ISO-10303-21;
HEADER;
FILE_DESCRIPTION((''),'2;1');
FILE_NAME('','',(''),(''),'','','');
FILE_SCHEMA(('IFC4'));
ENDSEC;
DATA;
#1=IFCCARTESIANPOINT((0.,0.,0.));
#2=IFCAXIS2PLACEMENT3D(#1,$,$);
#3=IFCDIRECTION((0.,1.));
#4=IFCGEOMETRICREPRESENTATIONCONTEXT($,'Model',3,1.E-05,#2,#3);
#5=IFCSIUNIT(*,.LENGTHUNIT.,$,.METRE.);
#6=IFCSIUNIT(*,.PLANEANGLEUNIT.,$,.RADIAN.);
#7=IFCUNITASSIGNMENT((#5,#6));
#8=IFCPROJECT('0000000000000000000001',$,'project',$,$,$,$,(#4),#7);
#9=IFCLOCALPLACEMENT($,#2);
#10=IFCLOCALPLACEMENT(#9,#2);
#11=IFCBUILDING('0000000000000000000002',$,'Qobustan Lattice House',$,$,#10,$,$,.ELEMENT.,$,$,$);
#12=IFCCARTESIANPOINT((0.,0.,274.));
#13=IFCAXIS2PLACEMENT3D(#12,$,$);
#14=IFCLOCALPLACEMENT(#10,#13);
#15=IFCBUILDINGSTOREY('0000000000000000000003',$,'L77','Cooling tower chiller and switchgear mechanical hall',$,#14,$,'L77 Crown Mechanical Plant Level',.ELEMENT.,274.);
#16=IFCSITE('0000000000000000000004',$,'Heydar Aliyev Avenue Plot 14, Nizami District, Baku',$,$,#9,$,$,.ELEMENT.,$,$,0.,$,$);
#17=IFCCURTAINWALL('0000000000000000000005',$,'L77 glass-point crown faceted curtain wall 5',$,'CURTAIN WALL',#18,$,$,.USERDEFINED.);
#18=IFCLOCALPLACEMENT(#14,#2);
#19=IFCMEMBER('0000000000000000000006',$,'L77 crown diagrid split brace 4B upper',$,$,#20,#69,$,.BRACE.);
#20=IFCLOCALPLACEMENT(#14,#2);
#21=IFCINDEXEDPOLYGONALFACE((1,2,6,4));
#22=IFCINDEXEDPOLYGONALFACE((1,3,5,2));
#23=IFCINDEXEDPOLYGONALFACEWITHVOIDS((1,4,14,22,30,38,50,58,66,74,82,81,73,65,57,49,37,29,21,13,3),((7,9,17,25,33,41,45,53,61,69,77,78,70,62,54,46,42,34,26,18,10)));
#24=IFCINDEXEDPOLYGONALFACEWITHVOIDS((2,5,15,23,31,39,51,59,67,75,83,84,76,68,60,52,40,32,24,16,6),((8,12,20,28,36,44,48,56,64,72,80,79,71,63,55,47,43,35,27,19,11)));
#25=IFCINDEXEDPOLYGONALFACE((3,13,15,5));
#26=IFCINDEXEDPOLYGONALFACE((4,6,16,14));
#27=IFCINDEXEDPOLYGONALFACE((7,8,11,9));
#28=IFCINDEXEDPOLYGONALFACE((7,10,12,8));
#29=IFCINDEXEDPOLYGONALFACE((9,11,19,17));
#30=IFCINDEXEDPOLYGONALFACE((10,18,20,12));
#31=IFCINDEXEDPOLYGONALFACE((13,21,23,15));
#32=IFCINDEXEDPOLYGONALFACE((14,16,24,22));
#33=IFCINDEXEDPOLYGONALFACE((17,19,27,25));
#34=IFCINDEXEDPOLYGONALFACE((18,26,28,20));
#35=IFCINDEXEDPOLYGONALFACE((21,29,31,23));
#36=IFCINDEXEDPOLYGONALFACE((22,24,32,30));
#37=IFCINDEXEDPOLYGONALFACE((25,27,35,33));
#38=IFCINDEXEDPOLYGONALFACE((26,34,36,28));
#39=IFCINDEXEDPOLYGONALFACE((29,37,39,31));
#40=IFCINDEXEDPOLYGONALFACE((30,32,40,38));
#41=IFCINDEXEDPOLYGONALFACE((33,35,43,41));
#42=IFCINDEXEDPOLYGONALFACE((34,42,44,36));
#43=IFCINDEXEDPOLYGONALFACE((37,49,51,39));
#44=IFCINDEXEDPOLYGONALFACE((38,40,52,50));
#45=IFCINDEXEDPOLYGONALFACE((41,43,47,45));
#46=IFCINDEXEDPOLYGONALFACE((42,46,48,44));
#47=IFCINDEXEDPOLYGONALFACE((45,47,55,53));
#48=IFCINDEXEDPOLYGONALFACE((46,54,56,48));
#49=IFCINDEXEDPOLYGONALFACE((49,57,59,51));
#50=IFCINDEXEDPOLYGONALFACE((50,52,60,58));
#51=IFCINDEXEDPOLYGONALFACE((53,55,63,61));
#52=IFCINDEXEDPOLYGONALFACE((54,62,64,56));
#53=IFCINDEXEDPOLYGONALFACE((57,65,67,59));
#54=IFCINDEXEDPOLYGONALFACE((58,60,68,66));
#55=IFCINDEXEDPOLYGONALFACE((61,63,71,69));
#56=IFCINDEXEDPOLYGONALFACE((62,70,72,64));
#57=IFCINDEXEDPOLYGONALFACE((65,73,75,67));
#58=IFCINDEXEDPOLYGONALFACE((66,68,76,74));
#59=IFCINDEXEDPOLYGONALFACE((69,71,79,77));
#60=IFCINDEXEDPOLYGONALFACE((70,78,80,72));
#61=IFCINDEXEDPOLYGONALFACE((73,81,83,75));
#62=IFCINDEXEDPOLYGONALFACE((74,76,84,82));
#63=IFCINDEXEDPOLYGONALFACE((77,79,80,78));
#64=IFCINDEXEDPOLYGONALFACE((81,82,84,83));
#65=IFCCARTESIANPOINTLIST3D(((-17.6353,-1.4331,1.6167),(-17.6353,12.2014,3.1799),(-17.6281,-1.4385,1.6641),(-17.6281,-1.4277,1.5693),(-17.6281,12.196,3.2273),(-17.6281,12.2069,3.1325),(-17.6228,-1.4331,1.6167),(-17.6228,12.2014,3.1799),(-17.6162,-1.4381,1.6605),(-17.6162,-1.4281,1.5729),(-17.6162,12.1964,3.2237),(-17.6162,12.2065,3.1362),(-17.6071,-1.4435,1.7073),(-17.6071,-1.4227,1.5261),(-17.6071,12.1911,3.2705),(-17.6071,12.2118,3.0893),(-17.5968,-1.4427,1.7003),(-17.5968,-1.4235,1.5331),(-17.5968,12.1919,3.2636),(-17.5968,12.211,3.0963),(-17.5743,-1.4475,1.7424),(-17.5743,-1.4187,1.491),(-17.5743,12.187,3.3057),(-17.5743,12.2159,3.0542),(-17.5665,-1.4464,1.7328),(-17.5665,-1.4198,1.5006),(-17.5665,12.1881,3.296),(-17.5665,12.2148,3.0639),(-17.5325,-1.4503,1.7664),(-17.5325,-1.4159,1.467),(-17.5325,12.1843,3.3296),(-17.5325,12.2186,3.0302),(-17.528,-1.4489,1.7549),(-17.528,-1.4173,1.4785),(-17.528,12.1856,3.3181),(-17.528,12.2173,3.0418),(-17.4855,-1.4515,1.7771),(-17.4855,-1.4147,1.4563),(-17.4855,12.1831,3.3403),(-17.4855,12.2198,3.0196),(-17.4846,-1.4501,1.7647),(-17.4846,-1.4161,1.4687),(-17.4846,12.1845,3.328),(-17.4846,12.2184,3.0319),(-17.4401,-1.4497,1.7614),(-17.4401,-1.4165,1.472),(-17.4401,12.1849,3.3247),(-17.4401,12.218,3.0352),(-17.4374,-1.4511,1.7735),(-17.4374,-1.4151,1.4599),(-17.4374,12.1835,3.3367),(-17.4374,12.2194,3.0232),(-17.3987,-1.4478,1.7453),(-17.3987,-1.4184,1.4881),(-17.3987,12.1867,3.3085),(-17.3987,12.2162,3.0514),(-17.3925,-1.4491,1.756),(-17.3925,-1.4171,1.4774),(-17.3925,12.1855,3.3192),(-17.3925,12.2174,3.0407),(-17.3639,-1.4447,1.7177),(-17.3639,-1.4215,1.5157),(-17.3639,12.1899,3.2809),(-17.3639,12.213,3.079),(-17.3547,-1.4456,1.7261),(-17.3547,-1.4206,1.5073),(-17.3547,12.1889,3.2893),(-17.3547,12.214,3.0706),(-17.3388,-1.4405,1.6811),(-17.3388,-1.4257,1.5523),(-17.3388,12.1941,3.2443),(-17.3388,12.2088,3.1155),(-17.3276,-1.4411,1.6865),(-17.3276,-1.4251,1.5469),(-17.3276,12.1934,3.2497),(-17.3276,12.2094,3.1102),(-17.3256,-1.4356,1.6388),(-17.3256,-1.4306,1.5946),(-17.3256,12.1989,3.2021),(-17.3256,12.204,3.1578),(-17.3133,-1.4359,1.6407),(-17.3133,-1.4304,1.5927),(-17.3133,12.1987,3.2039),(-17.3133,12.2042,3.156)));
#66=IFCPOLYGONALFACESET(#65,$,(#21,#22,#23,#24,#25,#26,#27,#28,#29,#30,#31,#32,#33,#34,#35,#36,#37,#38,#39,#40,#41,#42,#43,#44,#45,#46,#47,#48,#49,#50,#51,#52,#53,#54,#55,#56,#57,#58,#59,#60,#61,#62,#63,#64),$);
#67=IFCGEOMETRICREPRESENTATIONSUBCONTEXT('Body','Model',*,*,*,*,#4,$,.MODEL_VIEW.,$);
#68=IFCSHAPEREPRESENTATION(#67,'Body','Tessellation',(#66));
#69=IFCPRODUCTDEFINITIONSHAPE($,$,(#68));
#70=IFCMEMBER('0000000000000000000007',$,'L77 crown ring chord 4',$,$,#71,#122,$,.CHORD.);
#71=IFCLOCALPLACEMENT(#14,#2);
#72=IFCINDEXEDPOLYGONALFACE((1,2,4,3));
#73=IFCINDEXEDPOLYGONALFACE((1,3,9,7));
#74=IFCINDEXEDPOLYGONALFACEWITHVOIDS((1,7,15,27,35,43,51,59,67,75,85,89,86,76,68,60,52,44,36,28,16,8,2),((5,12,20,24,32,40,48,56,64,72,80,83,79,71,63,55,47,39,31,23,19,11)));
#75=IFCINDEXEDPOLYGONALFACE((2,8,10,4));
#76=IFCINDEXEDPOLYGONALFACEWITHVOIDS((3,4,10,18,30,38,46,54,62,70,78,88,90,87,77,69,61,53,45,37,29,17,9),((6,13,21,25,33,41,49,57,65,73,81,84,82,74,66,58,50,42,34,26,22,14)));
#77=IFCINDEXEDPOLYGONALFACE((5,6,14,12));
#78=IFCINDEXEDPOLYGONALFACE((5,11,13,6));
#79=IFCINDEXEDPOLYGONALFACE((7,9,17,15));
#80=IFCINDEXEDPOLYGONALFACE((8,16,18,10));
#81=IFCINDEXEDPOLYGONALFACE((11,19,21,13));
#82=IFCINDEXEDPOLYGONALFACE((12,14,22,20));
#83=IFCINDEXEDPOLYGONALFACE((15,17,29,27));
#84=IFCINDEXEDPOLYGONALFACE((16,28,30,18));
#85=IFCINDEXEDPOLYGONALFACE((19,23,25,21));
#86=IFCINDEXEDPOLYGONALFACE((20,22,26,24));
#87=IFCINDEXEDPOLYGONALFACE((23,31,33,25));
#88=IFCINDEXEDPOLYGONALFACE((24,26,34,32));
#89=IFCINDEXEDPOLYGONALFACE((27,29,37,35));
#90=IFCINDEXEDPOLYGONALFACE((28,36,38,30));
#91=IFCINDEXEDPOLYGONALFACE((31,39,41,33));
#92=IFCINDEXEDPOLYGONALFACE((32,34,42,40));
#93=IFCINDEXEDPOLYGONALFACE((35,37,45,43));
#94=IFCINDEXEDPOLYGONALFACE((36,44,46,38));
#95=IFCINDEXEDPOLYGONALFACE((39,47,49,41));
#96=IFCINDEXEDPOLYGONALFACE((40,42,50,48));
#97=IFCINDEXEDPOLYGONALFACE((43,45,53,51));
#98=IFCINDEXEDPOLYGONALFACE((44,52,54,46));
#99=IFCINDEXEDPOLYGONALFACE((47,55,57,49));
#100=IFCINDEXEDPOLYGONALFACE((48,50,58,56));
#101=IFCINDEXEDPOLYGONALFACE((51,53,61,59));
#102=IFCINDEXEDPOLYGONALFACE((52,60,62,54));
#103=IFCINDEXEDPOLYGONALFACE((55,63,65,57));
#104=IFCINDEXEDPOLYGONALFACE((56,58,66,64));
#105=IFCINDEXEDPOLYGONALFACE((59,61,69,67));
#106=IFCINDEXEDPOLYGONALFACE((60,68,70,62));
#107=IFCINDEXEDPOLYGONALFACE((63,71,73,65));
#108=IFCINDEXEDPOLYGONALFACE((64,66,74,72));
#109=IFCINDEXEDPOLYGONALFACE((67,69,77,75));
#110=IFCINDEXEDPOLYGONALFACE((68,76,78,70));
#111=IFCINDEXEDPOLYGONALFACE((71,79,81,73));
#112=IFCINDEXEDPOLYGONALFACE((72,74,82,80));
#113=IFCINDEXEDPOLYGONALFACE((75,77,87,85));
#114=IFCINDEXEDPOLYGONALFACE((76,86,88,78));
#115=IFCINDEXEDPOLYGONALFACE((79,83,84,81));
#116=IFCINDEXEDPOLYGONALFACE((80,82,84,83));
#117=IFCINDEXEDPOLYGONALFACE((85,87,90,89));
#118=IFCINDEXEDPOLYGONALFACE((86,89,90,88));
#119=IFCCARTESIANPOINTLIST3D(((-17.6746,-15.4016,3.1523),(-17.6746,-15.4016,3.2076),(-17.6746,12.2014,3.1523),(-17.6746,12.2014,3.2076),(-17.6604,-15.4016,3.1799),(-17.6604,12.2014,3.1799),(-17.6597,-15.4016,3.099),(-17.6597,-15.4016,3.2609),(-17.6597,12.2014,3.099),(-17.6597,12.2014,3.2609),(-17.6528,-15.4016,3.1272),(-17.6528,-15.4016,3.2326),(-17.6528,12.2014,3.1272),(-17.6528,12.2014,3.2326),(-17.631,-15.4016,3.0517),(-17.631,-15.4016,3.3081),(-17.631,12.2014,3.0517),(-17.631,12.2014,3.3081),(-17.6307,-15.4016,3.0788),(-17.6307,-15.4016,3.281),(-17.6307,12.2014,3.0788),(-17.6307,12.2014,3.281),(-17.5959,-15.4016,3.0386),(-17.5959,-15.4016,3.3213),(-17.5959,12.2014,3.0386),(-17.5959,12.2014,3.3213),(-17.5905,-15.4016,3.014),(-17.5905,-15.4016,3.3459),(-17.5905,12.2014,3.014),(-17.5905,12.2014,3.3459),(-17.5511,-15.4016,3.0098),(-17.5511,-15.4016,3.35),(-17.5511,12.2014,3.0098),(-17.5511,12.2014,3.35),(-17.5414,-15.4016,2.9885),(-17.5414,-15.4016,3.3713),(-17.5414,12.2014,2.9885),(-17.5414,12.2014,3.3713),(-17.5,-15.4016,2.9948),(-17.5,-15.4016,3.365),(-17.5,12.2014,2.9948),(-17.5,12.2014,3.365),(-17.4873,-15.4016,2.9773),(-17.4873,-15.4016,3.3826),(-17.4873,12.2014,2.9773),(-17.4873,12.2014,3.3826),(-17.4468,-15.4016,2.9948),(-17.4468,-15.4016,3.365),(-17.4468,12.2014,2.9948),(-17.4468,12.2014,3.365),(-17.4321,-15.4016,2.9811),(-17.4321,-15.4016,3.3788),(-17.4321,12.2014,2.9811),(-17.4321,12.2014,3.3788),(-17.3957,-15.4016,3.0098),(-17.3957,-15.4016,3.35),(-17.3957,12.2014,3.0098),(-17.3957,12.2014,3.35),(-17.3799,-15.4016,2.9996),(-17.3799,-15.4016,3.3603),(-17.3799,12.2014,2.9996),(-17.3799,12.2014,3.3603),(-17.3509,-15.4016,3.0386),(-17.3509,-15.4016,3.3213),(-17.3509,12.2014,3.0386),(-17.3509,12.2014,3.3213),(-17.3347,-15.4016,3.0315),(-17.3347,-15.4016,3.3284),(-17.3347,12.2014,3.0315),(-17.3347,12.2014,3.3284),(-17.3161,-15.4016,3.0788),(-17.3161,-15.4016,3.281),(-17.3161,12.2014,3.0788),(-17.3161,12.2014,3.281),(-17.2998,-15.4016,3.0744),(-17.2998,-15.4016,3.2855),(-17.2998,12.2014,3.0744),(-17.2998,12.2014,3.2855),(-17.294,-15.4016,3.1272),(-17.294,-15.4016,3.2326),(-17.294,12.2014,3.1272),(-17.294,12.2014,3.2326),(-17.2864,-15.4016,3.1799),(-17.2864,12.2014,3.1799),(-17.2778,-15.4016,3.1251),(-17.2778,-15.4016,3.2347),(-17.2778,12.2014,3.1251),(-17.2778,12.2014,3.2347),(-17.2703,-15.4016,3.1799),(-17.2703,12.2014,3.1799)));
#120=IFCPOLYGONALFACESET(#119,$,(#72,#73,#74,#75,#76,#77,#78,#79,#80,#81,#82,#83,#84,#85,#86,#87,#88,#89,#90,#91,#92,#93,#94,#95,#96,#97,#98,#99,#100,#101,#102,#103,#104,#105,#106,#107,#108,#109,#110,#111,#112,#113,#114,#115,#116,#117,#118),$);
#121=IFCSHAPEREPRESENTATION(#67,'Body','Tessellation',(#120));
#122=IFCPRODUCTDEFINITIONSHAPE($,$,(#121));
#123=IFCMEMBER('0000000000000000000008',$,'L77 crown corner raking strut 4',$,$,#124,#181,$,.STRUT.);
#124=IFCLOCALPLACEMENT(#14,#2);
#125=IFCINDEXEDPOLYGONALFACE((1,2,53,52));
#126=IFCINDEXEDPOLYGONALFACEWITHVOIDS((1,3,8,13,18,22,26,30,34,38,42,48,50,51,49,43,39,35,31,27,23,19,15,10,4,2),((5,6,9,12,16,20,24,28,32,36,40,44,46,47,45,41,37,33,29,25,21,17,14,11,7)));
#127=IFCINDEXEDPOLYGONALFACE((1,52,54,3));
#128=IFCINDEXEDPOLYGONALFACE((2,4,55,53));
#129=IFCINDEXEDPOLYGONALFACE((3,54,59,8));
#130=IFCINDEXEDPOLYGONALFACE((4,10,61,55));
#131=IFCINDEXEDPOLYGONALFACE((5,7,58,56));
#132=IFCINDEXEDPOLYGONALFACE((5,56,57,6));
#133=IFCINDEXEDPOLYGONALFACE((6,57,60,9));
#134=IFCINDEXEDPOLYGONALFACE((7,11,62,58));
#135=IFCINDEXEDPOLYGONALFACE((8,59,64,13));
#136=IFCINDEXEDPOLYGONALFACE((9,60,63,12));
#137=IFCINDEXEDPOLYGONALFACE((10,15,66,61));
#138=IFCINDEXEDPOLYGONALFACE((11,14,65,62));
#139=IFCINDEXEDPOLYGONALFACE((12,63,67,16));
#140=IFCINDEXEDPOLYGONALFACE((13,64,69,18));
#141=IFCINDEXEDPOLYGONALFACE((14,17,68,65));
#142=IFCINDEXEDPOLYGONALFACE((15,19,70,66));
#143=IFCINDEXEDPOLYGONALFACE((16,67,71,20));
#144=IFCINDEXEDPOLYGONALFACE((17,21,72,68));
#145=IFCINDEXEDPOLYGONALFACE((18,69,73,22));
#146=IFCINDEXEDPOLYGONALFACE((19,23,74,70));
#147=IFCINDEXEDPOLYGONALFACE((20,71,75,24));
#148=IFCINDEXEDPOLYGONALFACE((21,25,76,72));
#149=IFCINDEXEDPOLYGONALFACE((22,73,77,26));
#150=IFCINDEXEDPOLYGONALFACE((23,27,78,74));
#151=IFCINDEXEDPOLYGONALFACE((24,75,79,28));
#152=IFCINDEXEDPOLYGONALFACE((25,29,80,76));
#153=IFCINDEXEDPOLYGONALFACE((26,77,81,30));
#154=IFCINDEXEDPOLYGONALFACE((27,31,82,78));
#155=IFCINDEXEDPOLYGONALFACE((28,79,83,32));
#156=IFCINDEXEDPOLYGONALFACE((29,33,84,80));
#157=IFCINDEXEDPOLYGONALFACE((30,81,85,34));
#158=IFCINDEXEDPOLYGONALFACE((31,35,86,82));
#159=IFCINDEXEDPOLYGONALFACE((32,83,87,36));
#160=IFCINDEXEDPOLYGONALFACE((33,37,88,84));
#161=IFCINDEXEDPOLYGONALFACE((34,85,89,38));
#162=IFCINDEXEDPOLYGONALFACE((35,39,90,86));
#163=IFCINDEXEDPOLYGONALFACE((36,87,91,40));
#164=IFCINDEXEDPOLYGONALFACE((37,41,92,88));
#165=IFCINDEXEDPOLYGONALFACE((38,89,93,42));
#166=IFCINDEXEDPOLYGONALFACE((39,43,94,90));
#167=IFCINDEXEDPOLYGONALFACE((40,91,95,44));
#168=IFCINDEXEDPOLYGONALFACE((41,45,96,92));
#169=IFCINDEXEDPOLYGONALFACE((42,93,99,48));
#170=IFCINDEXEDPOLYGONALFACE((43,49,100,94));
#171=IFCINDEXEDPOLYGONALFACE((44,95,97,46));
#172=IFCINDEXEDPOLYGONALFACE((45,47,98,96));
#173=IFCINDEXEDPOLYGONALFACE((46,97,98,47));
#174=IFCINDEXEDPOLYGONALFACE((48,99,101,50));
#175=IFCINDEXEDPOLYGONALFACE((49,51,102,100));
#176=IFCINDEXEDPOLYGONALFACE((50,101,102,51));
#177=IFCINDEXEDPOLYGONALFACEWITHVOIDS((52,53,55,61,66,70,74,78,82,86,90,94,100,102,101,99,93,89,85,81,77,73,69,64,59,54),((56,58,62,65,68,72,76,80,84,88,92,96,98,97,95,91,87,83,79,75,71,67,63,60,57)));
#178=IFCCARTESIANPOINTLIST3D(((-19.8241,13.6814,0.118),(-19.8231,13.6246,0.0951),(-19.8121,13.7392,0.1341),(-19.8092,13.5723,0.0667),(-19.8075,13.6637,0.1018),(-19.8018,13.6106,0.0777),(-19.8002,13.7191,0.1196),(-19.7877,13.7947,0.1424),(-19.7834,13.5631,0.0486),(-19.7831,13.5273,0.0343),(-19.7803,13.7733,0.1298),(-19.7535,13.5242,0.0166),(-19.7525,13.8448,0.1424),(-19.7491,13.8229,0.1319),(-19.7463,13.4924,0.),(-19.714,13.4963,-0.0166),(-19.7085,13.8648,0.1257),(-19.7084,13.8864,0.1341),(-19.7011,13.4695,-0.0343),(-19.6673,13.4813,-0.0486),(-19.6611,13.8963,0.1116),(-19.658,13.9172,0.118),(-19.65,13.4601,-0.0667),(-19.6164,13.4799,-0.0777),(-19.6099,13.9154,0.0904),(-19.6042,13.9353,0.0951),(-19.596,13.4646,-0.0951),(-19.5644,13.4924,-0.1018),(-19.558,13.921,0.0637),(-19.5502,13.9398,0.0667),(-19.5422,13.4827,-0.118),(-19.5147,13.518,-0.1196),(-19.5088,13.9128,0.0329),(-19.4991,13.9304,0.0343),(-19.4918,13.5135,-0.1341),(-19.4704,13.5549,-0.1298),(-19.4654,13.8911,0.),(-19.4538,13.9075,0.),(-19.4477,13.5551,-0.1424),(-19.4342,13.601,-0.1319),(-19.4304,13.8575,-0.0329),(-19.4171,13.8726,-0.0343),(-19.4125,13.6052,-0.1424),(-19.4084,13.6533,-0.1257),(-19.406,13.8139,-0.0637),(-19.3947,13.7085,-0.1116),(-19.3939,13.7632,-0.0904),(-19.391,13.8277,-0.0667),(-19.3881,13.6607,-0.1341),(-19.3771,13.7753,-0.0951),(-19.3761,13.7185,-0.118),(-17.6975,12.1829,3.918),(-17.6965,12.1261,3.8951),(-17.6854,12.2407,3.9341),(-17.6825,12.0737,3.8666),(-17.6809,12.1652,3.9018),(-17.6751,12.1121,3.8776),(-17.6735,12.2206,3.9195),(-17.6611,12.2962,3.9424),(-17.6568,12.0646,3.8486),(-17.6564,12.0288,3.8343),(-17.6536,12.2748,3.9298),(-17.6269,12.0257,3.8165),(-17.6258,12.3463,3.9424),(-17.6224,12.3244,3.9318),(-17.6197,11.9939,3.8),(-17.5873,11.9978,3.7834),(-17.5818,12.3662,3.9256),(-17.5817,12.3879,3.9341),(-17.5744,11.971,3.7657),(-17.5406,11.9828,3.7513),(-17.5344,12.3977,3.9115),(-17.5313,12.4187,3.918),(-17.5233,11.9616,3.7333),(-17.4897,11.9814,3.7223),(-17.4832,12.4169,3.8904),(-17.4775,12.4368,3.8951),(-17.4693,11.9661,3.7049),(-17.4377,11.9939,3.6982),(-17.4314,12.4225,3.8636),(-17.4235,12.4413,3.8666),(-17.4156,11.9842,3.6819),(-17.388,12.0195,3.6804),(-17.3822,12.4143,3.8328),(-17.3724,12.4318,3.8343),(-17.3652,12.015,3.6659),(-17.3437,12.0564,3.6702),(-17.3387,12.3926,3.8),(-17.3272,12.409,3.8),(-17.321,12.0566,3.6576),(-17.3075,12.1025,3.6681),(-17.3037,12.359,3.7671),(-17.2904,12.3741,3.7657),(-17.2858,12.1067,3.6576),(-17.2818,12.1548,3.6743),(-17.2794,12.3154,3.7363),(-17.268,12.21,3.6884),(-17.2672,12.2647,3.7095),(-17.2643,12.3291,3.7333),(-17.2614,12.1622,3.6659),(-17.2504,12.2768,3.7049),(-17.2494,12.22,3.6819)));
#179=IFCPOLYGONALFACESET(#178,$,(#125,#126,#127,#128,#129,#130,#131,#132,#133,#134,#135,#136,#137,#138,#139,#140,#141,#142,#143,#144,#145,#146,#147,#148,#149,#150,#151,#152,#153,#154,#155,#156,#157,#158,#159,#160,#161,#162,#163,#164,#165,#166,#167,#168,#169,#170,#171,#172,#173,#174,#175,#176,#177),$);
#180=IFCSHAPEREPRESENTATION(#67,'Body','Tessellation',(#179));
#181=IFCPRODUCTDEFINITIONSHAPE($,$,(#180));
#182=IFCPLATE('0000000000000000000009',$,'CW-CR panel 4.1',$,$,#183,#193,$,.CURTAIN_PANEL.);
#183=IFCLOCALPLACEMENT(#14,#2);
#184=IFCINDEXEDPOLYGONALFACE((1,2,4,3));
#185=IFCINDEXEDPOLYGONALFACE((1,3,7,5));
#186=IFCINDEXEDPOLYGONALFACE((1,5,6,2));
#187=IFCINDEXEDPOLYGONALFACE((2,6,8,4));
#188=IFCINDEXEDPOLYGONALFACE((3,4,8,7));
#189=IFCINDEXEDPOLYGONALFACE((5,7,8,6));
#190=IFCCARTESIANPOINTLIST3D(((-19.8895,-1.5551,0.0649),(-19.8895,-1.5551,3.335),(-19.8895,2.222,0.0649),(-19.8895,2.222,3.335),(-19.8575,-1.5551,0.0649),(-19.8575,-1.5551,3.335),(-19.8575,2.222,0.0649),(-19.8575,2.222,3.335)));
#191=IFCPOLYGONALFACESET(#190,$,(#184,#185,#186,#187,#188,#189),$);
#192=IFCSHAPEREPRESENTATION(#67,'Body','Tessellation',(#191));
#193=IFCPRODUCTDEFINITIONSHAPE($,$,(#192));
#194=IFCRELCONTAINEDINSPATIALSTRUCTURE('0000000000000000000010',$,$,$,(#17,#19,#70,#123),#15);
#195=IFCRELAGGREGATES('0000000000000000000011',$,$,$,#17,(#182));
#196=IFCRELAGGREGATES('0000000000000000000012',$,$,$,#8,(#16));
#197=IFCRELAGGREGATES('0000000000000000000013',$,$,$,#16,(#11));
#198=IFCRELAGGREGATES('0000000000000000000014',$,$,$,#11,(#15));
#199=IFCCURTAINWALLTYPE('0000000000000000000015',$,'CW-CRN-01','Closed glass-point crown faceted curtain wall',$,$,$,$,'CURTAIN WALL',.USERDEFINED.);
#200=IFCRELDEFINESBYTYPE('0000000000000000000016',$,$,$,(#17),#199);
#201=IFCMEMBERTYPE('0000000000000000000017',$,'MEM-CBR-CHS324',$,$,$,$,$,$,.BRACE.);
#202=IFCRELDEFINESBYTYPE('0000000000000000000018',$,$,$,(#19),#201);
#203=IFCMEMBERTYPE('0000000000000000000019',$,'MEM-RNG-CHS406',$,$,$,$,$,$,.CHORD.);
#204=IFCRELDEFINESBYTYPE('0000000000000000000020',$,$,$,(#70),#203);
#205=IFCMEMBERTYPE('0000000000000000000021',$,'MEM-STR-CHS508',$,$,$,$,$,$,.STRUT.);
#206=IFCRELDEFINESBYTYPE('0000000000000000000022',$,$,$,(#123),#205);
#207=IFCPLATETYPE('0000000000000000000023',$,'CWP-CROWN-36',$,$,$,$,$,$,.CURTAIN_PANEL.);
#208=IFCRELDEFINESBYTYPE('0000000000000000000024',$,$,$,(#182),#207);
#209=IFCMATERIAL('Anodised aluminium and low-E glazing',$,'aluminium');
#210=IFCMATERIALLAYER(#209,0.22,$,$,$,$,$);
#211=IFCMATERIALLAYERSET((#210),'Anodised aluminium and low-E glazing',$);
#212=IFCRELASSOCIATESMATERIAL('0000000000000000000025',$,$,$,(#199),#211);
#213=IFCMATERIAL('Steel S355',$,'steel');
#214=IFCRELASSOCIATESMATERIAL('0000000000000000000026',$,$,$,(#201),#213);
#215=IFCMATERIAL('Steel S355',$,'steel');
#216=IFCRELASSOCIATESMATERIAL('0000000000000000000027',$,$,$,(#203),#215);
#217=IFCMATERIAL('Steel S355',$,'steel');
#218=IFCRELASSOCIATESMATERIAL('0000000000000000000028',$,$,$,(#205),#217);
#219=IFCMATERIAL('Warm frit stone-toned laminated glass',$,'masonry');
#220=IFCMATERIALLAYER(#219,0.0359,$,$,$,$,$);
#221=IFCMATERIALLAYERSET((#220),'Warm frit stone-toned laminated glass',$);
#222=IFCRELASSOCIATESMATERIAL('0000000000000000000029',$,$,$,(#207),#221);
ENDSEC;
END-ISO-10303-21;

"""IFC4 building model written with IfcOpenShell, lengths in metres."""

from ifc_helpers import new_model, si_unit, direction, frame, origin, origin_2d, place, context, subcontext, project, spatial, rectangle, hollow_circle, extrude, material, layer, layer_set, material_profile, profile_set, type_object, element, aggregate, save


model = new_model("IFC4")

# Units and contexts
model_context = context("Model", 3, precision=1e-05, world=origin(), true_north=direction((0.0, 1.0)))
body_context = subcontext(model_context, "Body", "Model", "MODEL_VIEW")
ifc_project = project(units=[si_unit("LENGTHUNIT", "METRE"), si_unit("PLANEANGLEUNIT", "RADIAN")], contexts=[model_context])

# Site, building, storey
site_placement = place(None, origin())
site = spatial("IfcSite", under=ifc_project, at=site_placement, Name="Heydar Aliyev Avenue Plot 14, Nizami District, Baku", CompositionType="ELEMENT", RefElevation=0.0)
building_placement = place(site_placement, origin())
building = spatial("IfcBuilding", under=site, at=building_placement, Name="Qobustan Lattice House", CompositionType="ELEMENT")
storey_placement = place(building_placement, frame((0.0, 0.0, 274.0)))
storey = spatial("IfcBuildingStorey", under=building, at=storey_placement, Name="L77", Description="Cooling tower chiller and switchgear mechanical hall", LongName="L77 Crown Mechanical Plant Level", CompositionType="ELEMENT", Elevation=274.0)

# Curtain wall
ifc_material_1 = material(Name="Anodised aluminium and low-E glazing", Category="aluminium")
ifc_layer_1 = layer(ifc_material_1, 0.22)
ifc_layer_set_1 = layer_set([ifc_layer_1], Name="Anodised aluminium and low-E glazing")
curtain_wall_type = type_object("IfcCurtainWallType", Name="CW-CRN-01", Description="Closed glass-point crown faceted curtain wall", ElementType="CURTAIN WALL", PredefinedType="USERDEFINED", material=ifc_layer_set_1)
curtain_wall_1_placement = place(storey_placement, origin())
curtain_wall_1 = element("IfcCurtainWall", 1, at=curtain_wall_1_placement, inside=storey, type_object=curtain_wall_type, Name="L77 glass-point crown faceted curtain wall 5", ObjectType="CURTAIN WALL", PredefinedType="USERDEFINED")

# Members
ifc_material_2 = material(Name="Steel S355", Category="steel")
ifc_material_profile_1 = material_profile(ifc_material_2, hollow_circle(Radius=0.1619, WallThickness=0.0125, at=origin_2d()), Name="CHS323.9x12.5")
ifc_profile_set_1 = profile_set([ifc_material_profile_1], Name="Steel S355")
member_type_1 = type_object("IfcMemberType", Name="MEM-CBR-CHS324", PredefinedType="BRACE", material=ifc_profile_set_1)
member_1_placement = place(storey_placement, frame((-17.4734, -1.4331, 1.6167), z_axis=(0.0, 0.993491, 0.113906), x_axis=(-1.0, 0.0, 0.0)))
element("IfcMember", 2, at=member_1_placement, inside=storey, type_object=member_type_1, Name="L77 crown diagrid split brace 4B upper", PredefinedType="BRACE", context=body_context, shape_type="SweptSolid", body=[
    extrude(hollow_circle(Radius=0.1619, WallThickness=0.0125, at=origin_2d()), origin(), (0.0, 0.0, 1.0), 13.7239),
])
ifc_material_3 = material(Name="Steel S355", Category="steel")
ifc_material_profile_2 = material_profile(ifc_material_3, hollow_circle(Radius=0.2031, WallThickness=0.0161, at=origin_2d()), Name="CHS406.4x16")
ifc_profile_set_2 = profile_set([ifc_material_profile_2], Name="Steel S355")
member_type_2 = type_object("IfcMemberType", Name="MEM-RNG-CHS406", PredefinedType="CHORD", material=ifc_profile_set_2)
member_2_placement = place(storey_placement, frame((-17.4734, 12.2014, 3.1799), z_axis=(0.0, -1.0, 0.0), x_axis=(1.0, 0.0, 0.0)))
element("IfcMember", 3, at=member_2_placement, inside=storey, type_object=member_type_2, Name="L77 crown ring chord 4", PredefinedType="CHORD", context=body_context, shape_type="SweptSolid", body=[
    extrude(hollow_circle(Radius=0.2031, WallThickness=0.0161, at=origin_2d()), origin(), (0.0, 0.0, 1.0), 27.603),
])
ifc_material_4 = material(Name="Steel S355", Category="steel")
ifc_material_profile_3 = material_profile(ifc_material_4, hollow_circle(Radius=0.2539, WallThickness=0.02, at=origin_2d()), Name="CHS508x20")
ifc_profile_set_3 = profile_set([ifc_material_profile_3], Name="Steel S355")
member_type_3 = type_object("IfcMemberType", Name="MEM-STR-CHS508", PredefinedType="STRUT", material=ifc_profile_set_3)
member_3_placement = place(storey_placement, frame((-19.6001, 13.7, 0.0), z_axis=(0.461795, -0.325393, 0.825145), x_axis=(0.575998, 0.817451, 0.0)))
element("IfcMember", 4, at=member_3_placement, inside=storey, type_object=member_type_3, Name="L77 crown corner raking strut 4", PredefinedType="STRUT", context=body_context, shape_type="SweptSolid", body=[
    extrude(hollow_circle(Radius=0.2539, WallThickness=0.02, at=origin_2d()), origin(), (0.0, 0.0, 1.0), 4.6052),
])

# Plate
ifc_material_5 = material(Name="Warm frit stone-toned laminated glass", Category="masonry")
ifc_layer_2 = layer(ifc_material_5, 0.0359)
ifc_layer_set_2 = layer_set([ifc_layer_2], Name="Warm frit stone-toned laminated glass")
plate_type_1 = type_object("IfcPlateType", Name="CWP-CROWN-36", PredefinedType="CURTAIN_PANEL", material=ifc_layer_set_2)
plate_1_placement = place(storey_placement, frame((-19.8735, 0.3335, 0.0649), z_axis=(0.0, 0.0, 1.0), x_axis=(0.0, 1.0, 0.0)))
plate_1 = element("IfcPlate", 5, at=plate_1_placement, type_object=plate_type_1, Name="CW-CR panel 4.1", PredefinedType="CURTAIN_PANEL", context=body_context, shape_type="SweptSolid", body=[
    extrude(rectangle(XDim=3.7771, YDim=0.032, at=origin_2d()), origin(), (0.0, 0.0, 1.0), 3.27),
])
aggregate(curtain_wall_1, [plate_1])

save(model, "model.ifc")
